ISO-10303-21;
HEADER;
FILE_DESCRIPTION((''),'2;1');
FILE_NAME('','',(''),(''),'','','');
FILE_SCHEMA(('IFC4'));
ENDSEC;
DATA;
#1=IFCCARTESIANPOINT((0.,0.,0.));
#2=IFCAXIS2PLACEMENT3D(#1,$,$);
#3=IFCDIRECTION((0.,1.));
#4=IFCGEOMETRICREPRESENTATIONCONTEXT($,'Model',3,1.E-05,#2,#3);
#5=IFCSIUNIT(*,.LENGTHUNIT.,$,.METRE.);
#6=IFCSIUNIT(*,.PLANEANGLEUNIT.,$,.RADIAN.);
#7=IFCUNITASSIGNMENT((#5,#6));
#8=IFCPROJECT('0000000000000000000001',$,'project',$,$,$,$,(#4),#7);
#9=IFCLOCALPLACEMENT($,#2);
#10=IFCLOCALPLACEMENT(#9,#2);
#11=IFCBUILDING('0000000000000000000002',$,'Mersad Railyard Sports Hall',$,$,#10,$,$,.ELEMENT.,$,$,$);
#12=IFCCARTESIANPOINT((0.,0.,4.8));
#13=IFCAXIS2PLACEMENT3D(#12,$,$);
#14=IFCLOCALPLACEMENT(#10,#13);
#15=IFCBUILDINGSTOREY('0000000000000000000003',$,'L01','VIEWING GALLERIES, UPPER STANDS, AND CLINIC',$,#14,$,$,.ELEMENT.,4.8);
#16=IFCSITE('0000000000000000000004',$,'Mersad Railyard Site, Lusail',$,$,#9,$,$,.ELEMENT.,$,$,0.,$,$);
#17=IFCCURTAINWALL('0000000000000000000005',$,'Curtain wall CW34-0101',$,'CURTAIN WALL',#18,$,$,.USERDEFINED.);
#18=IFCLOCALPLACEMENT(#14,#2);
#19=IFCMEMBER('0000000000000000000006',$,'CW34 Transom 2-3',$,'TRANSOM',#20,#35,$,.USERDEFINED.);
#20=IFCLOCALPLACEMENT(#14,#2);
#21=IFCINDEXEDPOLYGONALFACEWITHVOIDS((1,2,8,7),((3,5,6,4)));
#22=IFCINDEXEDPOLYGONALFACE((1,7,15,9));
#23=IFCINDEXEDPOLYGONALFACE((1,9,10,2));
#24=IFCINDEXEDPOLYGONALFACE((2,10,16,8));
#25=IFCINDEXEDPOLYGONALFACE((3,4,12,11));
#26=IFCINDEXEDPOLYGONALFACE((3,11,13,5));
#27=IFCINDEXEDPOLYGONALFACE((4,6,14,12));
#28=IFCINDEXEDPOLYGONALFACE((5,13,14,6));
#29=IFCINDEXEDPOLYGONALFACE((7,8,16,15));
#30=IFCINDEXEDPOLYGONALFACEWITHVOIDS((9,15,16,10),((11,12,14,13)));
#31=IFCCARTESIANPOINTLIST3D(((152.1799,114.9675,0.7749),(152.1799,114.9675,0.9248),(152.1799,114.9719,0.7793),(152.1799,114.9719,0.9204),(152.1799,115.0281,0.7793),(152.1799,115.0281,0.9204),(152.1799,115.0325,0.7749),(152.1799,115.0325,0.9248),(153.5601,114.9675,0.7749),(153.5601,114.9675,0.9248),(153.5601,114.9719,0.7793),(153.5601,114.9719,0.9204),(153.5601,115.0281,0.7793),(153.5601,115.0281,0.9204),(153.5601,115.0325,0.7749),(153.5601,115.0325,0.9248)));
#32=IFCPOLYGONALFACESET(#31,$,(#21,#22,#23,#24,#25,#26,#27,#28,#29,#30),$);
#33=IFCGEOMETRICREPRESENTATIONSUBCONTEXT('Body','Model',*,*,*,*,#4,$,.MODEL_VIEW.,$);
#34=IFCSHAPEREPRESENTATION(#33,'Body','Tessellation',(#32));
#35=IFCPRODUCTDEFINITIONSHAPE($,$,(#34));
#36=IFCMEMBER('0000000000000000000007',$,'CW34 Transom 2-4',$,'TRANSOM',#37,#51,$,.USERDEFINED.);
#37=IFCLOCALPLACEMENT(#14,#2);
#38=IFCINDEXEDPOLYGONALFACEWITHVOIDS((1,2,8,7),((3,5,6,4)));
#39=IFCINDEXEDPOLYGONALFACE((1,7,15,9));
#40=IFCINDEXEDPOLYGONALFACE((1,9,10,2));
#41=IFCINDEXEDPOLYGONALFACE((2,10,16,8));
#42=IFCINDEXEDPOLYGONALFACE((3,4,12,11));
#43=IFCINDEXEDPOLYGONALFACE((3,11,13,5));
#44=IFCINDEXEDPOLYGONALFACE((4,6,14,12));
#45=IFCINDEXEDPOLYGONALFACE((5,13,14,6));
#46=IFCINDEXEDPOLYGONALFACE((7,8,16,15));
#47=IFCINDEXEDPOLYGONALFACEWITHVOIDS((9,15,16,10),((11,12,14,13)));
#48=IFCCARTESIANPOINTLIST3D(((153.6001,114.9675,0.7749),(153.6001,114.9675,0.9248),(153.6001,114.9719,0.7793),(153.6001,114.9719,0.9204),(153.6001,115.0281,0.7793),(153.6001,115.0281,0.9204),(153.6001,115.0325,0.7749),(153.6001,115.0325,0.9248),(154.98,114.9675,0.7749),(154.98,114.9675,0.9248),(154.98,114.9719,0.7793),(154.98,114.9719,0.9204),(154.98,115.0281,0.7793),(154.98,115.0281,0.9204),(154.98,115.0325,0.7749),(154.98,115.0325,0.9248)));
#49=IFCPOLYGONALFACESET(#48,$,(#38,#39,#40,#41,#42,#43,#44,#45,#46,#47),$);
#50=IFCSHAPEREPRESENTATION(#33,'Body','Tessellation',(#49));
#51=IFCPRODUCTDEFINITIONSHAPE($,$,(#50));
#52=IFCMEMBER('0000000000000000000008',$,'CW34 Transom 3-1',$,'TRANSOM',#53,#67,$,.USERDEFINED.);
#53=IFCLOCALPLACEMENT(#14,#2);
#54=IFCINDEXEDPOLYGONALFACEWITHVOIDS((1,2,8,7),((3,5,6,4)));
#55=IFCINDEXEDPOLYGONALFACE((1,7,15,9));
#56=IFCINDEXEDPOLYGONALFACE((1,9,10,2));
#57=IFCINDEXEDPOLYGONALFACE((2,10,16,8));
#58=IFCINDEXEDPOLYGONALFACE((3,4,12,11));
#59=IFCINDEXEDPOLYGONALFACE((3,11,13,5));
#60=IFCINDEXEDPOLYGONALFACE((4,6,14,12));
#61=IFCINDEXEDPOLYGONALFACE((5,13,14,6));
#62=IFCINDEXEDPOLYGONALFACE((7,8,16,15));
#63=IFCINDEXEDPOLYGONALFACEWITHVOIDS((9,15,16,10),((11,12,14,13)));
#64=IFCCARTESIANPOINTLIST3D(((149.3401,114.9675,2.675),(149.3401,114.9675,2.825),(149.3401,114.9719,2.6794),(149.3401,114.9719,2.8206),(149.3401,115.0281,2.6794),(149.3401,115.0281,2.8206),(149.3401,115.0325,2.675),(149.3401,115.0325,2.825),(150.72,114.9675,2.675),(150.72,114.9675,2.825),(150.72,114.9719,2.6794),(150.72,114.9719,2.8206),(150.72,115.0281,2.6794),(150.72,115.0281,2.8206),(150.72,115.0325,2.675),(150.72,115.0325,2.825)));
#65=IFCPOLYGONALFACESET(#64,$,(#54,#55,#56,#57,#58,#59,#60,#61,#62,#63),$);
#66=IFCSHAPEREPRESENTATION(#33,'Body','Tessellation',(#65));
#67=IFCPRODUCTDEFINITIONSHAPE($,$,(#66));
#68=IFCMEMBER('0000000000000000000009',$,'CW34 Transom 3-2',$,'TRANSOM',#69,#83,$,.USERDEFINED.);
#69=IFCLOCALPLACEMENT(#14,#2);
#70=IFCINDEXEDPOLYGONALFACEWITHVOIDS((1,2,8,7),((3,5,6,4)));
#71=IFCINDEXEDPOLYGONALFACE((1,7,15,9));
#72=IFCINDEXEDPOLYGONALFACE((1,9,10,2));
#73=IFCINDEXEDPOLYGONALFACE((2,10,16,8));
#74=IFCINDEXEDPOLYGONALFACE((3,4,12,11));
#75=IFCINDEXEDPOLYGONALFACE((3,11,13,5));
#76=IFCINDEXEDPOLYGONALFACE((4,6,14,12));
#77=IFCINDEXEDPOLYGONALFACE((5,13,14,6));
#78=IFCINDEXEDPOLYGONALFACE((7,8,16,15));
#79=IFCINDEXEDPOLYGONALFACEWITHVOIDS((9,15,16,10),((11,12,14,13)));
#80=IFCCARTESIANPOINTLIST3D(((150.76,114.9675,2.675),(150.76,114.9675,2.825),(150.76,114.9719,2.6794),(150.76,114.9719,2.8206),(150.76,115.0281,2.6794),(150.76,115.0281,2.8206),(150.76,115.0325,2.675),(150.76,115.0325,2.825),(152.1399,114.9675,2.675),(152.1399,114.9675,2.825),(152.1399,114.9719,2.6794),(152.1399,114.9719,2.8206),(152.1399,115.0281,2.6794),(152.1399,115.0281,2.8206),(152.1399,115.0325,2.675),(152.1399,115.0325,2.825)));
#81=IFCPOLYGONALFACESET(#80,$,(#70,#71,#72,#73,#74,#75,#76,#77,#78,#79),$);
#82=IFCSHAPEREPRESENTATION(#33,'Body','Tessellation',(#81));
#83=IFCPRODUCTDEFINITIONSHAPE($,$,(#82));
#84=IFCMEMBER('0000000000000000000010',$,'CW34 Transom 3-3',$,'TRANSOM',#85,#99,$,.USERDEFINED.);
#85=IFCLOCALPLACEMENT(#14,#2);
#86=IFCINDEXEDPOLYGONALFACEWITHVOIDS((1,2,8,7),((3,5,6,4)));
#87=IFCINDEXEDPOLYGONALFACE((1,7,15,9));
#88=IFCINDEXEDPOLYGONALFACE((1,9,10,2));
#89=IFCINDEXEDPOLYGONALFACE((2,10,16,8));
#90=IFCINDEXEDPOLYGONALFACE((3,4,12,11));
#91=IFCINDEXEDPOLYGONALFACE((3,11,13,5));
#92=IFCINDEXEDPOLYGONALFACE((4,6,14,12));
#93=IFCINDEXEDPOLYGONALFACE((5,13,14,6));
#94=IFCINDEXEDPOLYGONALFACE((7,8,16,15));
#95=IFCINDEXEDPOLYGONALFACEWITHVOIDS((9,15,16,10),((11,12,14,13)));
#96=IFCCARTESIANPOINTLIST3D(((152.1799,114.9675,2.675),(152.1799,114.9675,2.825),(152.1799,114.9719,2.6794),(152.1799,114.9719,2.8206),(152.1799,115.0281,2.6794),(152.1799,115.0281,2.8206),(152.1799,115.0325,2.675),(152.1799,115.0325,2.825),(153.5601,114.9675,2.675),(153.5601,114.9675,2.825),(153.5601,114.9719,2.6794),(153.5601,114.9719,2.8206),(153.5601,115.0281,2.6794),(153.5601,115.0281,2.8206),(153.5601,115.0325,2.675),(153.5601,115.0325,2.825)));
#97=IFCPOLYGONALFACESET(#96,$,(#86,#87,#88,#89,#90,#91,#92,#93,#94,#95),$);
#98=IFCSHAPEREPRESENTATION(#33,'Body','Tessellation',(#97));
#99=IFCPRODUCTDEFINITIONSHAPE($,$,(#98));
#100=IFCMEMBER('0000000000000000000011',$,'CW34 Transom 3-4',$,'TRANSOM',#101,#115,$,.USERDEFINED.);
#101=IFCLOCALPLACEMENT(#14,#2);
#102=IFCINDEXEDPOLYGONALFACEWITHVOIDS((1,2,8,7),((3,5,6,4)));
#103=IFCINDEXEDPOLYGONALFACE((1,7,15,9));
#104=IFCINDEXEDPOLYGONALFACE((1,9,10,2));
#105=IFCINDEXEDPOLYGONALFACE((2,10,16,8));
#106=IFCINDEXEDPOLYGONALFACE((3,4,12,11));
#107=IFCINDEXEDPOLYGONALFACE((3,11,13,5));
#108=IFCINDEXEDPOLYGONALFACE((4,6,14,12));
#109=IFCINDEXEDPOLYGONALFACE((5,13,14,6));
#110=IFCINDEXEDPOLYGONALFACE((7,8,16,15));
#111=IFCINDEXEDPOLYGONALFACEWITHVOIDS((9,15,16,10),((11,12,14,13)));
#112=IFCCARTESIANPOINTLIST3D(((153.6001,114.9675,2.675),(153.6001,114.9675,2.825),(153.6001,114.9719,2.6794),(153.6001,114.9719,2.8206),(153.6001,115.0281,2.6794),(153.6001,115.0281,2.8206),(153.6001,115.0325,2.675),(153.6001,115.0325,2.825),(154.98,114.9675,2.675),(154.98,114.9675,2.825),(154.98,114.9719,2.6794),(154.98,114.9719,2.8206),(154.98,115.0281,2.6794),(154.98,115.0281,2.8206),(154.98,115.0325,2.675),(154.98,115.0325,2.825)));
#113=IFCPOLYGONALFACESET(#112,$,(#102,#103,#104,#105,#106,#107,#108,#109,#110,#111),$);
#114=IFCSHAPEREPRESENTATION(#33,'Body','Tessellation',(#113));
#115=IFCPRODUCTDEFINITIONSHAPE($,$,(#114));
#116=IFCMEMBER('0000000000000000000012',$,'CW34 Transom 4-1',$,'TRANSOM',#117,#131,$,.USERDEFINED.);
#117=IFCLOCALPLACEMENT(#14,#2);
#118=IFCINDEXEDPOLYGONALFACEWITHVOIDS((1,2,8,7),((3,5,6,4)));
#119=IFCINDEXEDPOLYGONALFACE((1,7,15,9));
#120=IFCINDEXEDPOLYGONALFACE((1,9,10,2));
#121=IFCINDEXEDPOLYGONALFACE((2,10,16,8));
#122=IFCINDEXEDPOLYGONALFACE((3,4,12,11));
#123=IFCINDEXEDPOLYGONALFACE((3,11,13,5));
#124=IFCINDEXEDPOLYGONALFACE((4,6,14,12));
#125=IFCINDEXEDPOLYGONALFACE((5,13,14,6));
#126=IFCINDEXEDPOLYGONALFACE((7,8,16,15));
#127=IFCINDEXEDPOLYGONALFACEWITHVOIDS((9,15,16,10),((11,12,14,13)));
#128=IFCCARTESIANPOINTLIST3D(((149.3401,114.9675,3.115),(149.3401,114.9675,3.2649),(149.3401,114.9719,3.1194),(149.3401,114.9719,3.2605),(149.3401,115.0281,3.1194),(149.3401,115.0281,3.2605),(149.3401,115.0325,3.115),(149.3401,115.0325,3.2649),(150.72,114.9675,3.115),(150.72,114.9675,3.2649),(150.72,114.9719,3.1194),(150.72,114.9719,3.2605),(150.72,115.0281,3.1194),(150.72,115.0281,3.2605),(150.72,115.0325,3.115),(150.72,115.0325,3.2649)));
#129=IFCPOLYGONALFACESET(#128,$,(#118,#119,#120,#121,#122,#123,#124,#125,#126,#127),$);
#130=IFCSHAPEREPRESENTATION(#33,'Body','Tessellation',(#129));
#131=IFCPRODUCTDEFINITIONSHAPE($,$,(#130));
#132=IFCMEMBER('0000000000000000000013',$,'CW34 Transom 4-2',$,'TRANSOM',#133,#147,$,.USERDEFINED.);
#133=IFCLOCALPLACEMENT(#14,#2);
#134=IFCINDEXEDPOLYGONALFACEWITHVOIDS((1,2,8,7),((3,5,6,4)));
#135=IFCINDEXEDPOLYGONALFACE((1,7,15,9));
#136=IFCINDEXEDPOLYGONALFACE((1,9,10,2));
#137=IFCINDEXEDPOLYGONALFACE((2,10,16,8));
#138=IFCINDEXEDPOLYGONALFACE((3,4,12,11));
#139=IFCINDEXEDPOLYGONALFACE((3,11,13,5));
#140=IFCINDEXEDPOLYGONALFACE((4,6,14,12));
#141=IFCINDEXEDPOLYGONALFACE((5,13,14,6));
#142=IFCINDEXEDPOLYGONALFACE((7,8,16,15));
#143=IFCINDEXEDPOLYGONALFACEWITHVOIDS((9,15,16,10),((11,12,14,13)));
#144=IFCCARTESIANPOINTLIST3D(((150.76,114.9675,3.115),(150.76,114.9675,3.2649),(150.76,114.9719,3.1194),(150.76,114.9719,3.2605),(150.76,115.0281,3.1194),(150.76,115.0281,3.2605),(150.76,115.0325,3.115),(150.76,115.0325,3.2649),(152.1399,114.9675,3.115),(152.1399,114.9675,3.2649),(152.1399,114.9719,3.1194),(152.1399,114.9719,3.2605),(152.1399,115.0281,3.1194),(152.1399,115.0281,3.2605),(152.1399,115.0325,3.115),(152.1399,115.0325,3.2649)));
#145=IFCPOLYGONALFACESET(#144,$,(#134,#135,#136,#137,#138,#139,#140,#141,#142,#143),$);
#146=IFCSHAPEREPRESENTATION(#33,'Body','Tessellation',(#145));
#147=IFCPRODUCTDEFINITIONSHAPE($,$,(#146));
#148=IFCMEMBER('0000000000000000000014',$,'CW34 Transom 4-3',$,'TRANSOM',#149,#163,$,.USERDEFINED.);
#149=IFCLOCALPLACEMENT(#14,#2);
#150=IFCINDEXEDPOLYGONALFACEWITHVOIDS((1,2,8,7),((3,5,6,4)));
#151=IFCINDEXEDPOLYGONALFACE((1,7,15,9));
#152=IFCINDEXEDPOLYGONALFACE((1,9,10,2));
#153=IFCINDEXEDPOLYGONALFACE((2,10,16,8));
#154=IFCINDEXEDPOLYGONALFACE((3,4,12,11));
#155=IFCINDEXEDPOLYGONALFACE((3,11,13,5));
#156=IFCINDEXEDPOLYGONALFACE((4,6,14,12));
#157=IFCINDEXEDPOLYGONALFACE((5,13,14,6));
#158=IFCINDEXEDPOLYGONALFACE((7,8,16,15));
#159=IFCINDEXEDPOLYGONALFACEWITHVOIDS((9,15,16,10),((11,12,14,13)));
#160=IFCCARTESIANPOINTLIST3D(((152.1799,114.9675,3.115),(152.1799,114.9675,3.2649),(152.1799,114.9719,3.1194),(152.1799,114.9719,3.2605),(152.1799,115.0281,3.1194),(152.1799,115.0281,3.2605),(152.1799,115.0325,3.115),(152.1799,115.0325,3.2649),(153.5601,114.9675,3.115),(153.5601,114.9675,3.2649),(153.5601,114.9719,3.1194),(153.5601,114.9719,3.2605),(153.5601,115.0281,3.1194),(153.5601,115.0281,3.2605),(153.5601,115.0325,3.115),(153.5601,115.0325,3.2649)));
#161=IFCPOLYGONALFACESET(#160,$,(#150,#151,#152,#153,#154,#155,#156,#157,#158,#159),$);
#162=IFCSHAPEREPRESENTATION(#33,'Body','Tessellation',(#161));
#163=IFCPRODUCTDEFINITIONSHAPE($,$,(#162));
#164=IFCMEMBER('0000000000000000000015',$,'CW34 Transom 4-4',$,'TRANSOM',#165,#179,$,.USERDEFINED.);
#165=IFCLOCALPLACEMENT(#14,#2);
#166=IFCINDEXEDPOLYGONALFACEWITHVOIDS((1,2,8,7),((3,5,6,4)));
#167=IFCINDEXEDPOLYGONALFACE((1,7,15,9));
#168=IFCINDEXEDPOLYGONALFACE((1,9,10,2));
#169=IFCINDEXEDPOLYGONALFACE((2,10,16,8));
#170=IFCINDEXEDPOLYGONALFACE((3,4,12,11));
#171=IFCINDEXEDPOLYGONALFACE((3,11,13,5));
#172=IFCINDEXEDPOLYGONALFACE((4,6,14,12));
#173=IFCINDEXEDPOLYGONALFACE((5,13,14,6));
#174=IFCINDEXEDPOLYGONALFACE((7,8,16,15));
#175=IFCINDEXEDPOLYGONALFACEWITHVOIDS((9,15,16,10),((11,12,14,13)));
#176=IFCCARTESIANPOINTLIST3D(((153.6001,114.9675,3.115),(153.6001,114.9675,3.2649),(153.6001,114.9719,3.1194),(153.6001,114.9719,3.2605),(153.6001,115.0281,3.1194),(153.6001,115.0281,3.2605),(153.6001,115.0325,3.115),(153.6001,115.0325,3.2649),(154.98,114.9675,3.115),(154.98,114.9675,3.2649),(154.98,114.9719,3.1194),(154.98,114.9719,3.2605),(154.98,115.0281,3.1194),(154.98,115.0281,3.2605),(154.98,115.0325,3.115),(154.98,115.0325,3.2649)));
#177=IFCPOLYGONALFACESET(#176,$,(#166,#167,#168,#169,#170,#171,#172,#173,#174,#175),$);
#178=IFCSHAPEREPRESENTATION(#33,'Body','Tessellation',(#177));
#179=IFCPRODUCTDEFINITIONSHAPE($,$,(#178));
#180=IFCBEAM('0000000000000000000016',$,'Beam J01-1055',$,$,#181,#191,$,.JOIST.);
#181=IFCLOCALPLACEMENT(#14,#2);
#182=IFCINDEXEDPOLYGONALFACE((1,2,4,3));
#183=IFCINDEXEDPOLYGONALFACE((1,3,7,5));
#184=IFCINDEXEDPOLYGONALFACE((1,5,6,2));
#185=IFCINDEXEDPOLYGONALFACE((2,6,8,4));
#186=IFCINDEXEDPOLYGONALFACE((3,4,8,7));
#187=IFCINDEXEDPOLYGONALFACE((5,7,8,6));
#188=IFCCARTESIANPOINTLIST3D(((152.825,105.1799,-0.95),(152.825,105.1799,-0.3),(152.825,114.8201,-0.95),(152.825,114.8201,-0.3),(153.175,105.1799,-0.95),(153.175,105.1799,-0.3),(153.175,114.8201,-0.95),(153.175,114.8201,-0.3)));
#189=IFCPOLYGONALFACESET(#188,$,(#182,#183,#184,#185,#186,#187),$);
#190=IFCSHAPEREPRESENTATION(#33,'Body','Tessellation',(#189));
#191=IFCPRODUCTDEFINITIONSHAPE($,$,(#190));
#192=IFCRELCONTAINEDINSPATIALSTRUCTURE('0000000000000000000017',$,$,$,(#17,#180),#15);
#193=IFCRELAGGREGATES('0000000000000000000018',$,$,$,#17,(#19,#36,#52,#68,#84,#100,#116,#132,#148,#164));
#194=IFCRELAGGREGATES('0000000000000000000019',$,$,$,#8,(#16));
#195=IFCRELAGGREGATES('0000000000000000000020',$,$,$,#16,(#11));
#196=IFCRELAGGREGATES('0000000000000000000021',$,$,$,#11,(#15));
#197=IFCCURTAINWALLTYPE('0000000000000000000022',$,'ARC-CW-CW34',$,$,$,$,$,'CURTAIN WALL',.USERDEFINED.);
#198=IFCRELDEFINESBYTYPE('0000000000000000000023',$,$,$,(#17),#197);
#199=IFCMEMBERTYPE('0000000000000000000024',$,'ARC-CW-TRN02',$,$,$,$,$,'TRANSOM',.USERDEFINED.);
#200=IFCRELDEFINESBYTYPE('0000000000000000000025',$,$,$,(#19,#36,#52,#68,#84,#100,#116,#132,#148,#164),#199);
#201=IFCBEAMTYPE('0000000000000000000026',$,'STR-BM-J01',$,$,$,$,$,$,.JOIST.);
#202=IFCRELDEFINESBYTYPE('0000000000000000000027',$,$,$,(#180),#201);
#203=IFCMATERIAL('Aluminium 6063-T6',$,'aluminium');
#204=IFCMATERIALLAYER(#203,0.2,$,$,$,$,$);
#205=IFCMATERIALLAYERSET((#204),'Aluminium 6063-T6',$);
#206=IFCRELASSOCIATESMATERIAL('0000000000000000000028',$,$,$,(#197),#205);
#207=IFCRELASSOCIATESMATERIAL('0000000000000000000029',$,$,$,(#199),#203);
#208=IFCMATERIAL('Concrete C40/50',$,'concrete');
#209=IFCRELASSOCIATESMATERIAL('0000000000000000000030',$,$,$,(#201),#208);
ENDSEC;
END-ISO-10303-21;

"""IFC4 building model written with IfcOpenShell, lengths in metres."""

from ifc_helpers import new_model, si_unit, direction, frame, origin, origin_2d, place, context, subcontext, project, spatial, rectangle, hollow_rectangle, extrude, material, layer, layer_set, material_profile, profile_set, type_object, element, aggregate, save


model = new_model("IFC4")

# Units and contexts
model_context = context("Model", 3, precision=1e-05, world=origin(), true_north=direction((0.0, 1.0)))
body_context = subcontext(model_context, "Body", "Model", "MODEL_VIEW")
ifc_project = project(units=[si_unit("LENGTHUNIT", "METRE"), si_unit("PLANEANGLEUNIT", "RADIAN")], contexts=[model_context])

# Site, building, storey
site_placement = place(None, origin())
site = spatial("IfcSite", under=ifc_project, at=site_placement, Name="Mersad Railyard Site, Lusail", CompositionType="ELEMENT", RefElevation=0.0)
building_placement = place(site_placement, origin())
building = spatial("IfcBuilding", under=site, at=building_placement, Name="Mersad Railyard Sports Hall", CompositionType="ELEMENT")
storey_placement = place(building_placement, frame((0.0, 0.0, 4.8)))
storey = spatial("IfcBuildingStorey", under=building, at=storey_placement, Name="L01", Description="VIEWING GALLERIES, UPPER STANDS, AND CLINIC", CompositionType="ELEMENT", Elevation=4.8)

# Curtain wall, members
ifc_material_1 = material(Name="Aluminium 6063-T6", Category="aluminium")
ifc_layer_1 = layer(ifc_material_1, 0.2)
ifc_layer_set_1 = layer_set([ifc_layer_1], Name="Aluminium 6063-T6")
curtain_wall_type = type_object("IfcCurtainWallType", Name="ARC-CW-CW34", ElementType="CURTAIN WALL", PredefinedType="USERDEFINED", material=ifc_layer_set_1)
curtain_wall_placement = place(storey_placement, origin())
curtain_wall = element("IfcCurtainWall", 1, at=curtain_wall_placement, inside=storey, type_object=curtain_wall_type, Name="Curtain wall CW34-0101", ObjectType="CURTAIN WALL", PredefinedType="USERDEFINED")
ifc_material_profile_1 = material_profile(ifc_material_1, hollow_rectangle(XDim=0.0649, YDim=0.1499, WallThickness=0.0044, at=origin_2d()), Name="AL TRANSOM 65x150x4.5")
ifc_profile_set_1 = profile_set([ifc_material_profile_1], Name="Aluminium 6063-T6")
member_type_1 = type_object("IfcMemberType", Name="ARC-CW-TRN02", ElementType="TRANSOM", PredefinedType="USERDEFINED", material=ifc_profile_set_1)
member_1_placement = place(storey_placement, frame((152.1799, 115.0, 0.8499), z_axis=(1.0, 0.0, 0.0), x_axis=(0.0, 1.0, 0.0)))
member_1 = element("IfcMember", 2, at=member_1_placement, type_object=member_type_1, Name="CW34 Transom 2-3", ObjectType="TRANSOM", PredefinedType="USERDEFINED", context=body_context, shape_type="SweptSolid", body=[
    extrude(hollow_rectangle(XDim=0.0649, YDim=0.1499, WallThickness=0.0044, at=origin_2d()), origin(), (0.0, 0.0, 1.0), 1.3801),
])
member_2_placement = place(storey_placement, frame((153.6001, 115.0, 0.8499), z_axis=(1.0, 0.0, 0.0), x_axis=(0.0, 1.0, 0.0)))
member_2 = element("IfcMember", 3, at=member_2_placement, type_object=member_type_1, Name="CW34 Transom 2-4", ObjectType="TRANSOM", PredefinedType="USERDEFINED", context=body_context, shape_type="SweptSolid", body=[
    extrude(hollow_rectangle(XDim=0.0649, YDim=0.1499, WallThickness=0.0044, at=origin_2d()), origin(), (0.0, 0.0, 1.0), 1.3799),
])
member_3_placement = place(storey_placement, frame((149.3401, 115.0, 2.75), z_axis=(1.0, 0.0, 0.0), x_axis=(0.0, 1.0, 0.0)))
member_3 = element("IfcMember", 4, at=member_3_placement, type_object=member_type_1, Name="CW34 Transom 3-1", ObjectType="TRANSOM", PredefinedType="USERDEFINED", context=body_context, shape_type="SweptSolid", body=[
    extrude(hollow_rectangle(XDim=0.0649, YDim=0.1499, WallThickness=0.0044, at=origin_2d()), origin(), (0.0, 0.0, 1.0), 1.3799),
])
member_4_placement = place(storey_placement, frame((150.76, 115.0, 2.75), z_axis=(1.0, 0.0, 0.0), x_axis=(0.0, 1.0, 0.0)))
member_4 = element("IfcMember", 5, at=member_4_placement, type_object=member_type_1, Name="CW34 Transom 3-2", ObjectType="TRANSOM", PredefinedType="USERDEFINED", context=body_context, shape_type="SweptSolid", body=[
    extrude(hollow_rectangle(XDim=0.0649, YDim=0.1499, WallThickness=0.0044, at=origin_2d()), origin(), (0.0, 0.0, 1.0), 1.3799),
])
member_5_placement = place(storey_placement, frame((152.1799, 115.0, 2.75), z_axis=(1.0, 0.0, 0.0), x_axis=(0.0, 1.0, 0.0)))
member_5 = element("IfcMember", 6, at=member_5_placement, type_object=member_type_1, Name="CW34 Transom 3-3", ObjectType="TRANSOM", PredefinedType="USERDEFINED", context=body_context, shape_type="SweptSolid", body=[
    extrude(hollow_rectangle(XDim=0.0649, YDim=0.1499, WallThickness=0.0044, at=origin_2d()), origin(), (0.0, 0.0, 1.0), 1.3801),
])
member_6_placement = place(storey_placement, frame((153.6001, 115.0, 2.75), z_axis=(1.0, 0.0, 0.0), x_axis=(0.0, 1.0, 0.0)))
member_6 = element("IfcMember", 7, at=member_6_placement, type_object=member_type_1, Name="CW34 Transom 3-4", ObjectType="TRANSOM", PredefinedType="USERDEFINED", context=body_context, shape_type="SweptSolid", body=[
    extrude(hollow_rectangle(XDim=0.0649, YDim=0.1499, WallThickness=0.0044, at=origin_2d()), origin(), (0.0, 0.0, 1.0), 1.3799),
])
member_7_placement = place(storey_placement, frame((149.3401, 115.0, 3.1899), z_axis=(1.0, 0.0, 0.0), x_axis=(0.0, 1.0, 0.0)))
member_7 = element("IfcMember", 8, at=member_7_placement, type_object=member_type_1, Name="CW34 Transom 4-1", ObjectType="TRANSOM", PredefinedType="USERDEFINED", context=body_context, shape_type="SweptSolid", body=[
    extrude(hollow_rectangle(XDim=0.0649, YDim=0.1499, WallThickness=0.0044, at=origin_2d()), origin(), (0.0, 0.0, 1.0), 1.3799),
])
member_8_placement = place(storey_placement, frame((150.76, 115.0, 3.1899), z_axis=(1.0, 0.0, 0.0), x_axis=(0.0, 1.0, 0.0)))
member_8 = element("IfcMember", 9, at=member_8_placement, type_object=member_type_1, Name="CW34 Transom 4-2", ObjectType="TRANSOM", PredefinedType="USERDEFINED", context=body_context, shape_type="SweptSolid", body=[
    extrude(hollow_rectangle(XDim=0.0649, YDim=0.1499, WallThickness=0.0044, at=origin_2d()), origin(), (0.0, 0.0, 1.0), 1.3799),
])
member_9_placement = place(storey_placement, frame((152.1799, 115.0, 3.1899), z_axis=(1.0, 0.0, 0.0), x_axis=(0.0, 1.0, 0.0)))
member_9 = element("IfcMember", 10, at=member_9_placement, type_object=member_type_1, Name="CW34 Transom 4-3", ObjectType="TRANSOM", PredefinedType="USERDEFINED", context=body_context, shape_type="SweptSolid", body=[
    extrude(hollow_rectangle(XDim=0.0649, YDim=0.1499, WallThickness=0.0044, at=origin_2d()), origin(), (0.0, 0.0, 1.0), 1.3801),
])
member_10_placement = place(storey_placement, frame((153.6001, 115.0, 3.1899), z_axis=(1.0, 0.0, 0.0), x_axis=(0.0, 1.0, 0.0)))
member_10 = element("IfcMember", 11, at=member_10_placement, type_object=member_type_1, Name="CW34 Transom 4-4", ObjectType="TRANSOM", PredefinedType="USERDEFINED", context=body_context, shape_type="SweptSolid", body=[
    extrude(hollow_rectangle(XDim=0.0649, YDim=0.1499, WallThickness=0.0044, at=origin_2d()), origin(), (0.0, 0.0, 1.0), 1.3799),
])

# Beam
ifc_material_2 = material(Name="Concrete C40/50", Category="concrete")
ifc_material_profile_2 = material_profile(ifc_material_2, rectangle(XDim=0.3501, YDim=0.6499, at=origin_2d()), Name="RC 350x650")
ifc_profile_set_2 = profile_set([ifc_material_profile_2], Name="Concrete C40/50")
beam_type = type_object("IfcBeamType", Name="STR-BM-J01", PredefinedType="JOIST", material=ifc_profile_set_2)
for number, where, z_axis, x_axis, name in (
    (12, (153.0, 105.1799, -0.625), (0.0, 1.0, 0.0), (-1.0, 0.0, 0.0), "Beam J01-1055"),
):
    element("IfcBeam", number, at=place(storey_placement, frame(where, z_axis=z_axis, x_axis=x_axis)), inside=storey, type_object=beam_type, Name=name, PredefinedType="JOIST", context=body_context, shape_type="SweptSolid", body=[
        extrude(rectangle(XDim=0.3501, YDim=0.6499, at=origin_2d()), origin(), (0.0, 0.0, 1.0), 9.6401),
    ])

aggregate(curtain_wall, [member_1, member_2, member_3, member_4, member_5, member_6, member_7, member_8, member_9, member_10])

save(model, "model.ifc")
